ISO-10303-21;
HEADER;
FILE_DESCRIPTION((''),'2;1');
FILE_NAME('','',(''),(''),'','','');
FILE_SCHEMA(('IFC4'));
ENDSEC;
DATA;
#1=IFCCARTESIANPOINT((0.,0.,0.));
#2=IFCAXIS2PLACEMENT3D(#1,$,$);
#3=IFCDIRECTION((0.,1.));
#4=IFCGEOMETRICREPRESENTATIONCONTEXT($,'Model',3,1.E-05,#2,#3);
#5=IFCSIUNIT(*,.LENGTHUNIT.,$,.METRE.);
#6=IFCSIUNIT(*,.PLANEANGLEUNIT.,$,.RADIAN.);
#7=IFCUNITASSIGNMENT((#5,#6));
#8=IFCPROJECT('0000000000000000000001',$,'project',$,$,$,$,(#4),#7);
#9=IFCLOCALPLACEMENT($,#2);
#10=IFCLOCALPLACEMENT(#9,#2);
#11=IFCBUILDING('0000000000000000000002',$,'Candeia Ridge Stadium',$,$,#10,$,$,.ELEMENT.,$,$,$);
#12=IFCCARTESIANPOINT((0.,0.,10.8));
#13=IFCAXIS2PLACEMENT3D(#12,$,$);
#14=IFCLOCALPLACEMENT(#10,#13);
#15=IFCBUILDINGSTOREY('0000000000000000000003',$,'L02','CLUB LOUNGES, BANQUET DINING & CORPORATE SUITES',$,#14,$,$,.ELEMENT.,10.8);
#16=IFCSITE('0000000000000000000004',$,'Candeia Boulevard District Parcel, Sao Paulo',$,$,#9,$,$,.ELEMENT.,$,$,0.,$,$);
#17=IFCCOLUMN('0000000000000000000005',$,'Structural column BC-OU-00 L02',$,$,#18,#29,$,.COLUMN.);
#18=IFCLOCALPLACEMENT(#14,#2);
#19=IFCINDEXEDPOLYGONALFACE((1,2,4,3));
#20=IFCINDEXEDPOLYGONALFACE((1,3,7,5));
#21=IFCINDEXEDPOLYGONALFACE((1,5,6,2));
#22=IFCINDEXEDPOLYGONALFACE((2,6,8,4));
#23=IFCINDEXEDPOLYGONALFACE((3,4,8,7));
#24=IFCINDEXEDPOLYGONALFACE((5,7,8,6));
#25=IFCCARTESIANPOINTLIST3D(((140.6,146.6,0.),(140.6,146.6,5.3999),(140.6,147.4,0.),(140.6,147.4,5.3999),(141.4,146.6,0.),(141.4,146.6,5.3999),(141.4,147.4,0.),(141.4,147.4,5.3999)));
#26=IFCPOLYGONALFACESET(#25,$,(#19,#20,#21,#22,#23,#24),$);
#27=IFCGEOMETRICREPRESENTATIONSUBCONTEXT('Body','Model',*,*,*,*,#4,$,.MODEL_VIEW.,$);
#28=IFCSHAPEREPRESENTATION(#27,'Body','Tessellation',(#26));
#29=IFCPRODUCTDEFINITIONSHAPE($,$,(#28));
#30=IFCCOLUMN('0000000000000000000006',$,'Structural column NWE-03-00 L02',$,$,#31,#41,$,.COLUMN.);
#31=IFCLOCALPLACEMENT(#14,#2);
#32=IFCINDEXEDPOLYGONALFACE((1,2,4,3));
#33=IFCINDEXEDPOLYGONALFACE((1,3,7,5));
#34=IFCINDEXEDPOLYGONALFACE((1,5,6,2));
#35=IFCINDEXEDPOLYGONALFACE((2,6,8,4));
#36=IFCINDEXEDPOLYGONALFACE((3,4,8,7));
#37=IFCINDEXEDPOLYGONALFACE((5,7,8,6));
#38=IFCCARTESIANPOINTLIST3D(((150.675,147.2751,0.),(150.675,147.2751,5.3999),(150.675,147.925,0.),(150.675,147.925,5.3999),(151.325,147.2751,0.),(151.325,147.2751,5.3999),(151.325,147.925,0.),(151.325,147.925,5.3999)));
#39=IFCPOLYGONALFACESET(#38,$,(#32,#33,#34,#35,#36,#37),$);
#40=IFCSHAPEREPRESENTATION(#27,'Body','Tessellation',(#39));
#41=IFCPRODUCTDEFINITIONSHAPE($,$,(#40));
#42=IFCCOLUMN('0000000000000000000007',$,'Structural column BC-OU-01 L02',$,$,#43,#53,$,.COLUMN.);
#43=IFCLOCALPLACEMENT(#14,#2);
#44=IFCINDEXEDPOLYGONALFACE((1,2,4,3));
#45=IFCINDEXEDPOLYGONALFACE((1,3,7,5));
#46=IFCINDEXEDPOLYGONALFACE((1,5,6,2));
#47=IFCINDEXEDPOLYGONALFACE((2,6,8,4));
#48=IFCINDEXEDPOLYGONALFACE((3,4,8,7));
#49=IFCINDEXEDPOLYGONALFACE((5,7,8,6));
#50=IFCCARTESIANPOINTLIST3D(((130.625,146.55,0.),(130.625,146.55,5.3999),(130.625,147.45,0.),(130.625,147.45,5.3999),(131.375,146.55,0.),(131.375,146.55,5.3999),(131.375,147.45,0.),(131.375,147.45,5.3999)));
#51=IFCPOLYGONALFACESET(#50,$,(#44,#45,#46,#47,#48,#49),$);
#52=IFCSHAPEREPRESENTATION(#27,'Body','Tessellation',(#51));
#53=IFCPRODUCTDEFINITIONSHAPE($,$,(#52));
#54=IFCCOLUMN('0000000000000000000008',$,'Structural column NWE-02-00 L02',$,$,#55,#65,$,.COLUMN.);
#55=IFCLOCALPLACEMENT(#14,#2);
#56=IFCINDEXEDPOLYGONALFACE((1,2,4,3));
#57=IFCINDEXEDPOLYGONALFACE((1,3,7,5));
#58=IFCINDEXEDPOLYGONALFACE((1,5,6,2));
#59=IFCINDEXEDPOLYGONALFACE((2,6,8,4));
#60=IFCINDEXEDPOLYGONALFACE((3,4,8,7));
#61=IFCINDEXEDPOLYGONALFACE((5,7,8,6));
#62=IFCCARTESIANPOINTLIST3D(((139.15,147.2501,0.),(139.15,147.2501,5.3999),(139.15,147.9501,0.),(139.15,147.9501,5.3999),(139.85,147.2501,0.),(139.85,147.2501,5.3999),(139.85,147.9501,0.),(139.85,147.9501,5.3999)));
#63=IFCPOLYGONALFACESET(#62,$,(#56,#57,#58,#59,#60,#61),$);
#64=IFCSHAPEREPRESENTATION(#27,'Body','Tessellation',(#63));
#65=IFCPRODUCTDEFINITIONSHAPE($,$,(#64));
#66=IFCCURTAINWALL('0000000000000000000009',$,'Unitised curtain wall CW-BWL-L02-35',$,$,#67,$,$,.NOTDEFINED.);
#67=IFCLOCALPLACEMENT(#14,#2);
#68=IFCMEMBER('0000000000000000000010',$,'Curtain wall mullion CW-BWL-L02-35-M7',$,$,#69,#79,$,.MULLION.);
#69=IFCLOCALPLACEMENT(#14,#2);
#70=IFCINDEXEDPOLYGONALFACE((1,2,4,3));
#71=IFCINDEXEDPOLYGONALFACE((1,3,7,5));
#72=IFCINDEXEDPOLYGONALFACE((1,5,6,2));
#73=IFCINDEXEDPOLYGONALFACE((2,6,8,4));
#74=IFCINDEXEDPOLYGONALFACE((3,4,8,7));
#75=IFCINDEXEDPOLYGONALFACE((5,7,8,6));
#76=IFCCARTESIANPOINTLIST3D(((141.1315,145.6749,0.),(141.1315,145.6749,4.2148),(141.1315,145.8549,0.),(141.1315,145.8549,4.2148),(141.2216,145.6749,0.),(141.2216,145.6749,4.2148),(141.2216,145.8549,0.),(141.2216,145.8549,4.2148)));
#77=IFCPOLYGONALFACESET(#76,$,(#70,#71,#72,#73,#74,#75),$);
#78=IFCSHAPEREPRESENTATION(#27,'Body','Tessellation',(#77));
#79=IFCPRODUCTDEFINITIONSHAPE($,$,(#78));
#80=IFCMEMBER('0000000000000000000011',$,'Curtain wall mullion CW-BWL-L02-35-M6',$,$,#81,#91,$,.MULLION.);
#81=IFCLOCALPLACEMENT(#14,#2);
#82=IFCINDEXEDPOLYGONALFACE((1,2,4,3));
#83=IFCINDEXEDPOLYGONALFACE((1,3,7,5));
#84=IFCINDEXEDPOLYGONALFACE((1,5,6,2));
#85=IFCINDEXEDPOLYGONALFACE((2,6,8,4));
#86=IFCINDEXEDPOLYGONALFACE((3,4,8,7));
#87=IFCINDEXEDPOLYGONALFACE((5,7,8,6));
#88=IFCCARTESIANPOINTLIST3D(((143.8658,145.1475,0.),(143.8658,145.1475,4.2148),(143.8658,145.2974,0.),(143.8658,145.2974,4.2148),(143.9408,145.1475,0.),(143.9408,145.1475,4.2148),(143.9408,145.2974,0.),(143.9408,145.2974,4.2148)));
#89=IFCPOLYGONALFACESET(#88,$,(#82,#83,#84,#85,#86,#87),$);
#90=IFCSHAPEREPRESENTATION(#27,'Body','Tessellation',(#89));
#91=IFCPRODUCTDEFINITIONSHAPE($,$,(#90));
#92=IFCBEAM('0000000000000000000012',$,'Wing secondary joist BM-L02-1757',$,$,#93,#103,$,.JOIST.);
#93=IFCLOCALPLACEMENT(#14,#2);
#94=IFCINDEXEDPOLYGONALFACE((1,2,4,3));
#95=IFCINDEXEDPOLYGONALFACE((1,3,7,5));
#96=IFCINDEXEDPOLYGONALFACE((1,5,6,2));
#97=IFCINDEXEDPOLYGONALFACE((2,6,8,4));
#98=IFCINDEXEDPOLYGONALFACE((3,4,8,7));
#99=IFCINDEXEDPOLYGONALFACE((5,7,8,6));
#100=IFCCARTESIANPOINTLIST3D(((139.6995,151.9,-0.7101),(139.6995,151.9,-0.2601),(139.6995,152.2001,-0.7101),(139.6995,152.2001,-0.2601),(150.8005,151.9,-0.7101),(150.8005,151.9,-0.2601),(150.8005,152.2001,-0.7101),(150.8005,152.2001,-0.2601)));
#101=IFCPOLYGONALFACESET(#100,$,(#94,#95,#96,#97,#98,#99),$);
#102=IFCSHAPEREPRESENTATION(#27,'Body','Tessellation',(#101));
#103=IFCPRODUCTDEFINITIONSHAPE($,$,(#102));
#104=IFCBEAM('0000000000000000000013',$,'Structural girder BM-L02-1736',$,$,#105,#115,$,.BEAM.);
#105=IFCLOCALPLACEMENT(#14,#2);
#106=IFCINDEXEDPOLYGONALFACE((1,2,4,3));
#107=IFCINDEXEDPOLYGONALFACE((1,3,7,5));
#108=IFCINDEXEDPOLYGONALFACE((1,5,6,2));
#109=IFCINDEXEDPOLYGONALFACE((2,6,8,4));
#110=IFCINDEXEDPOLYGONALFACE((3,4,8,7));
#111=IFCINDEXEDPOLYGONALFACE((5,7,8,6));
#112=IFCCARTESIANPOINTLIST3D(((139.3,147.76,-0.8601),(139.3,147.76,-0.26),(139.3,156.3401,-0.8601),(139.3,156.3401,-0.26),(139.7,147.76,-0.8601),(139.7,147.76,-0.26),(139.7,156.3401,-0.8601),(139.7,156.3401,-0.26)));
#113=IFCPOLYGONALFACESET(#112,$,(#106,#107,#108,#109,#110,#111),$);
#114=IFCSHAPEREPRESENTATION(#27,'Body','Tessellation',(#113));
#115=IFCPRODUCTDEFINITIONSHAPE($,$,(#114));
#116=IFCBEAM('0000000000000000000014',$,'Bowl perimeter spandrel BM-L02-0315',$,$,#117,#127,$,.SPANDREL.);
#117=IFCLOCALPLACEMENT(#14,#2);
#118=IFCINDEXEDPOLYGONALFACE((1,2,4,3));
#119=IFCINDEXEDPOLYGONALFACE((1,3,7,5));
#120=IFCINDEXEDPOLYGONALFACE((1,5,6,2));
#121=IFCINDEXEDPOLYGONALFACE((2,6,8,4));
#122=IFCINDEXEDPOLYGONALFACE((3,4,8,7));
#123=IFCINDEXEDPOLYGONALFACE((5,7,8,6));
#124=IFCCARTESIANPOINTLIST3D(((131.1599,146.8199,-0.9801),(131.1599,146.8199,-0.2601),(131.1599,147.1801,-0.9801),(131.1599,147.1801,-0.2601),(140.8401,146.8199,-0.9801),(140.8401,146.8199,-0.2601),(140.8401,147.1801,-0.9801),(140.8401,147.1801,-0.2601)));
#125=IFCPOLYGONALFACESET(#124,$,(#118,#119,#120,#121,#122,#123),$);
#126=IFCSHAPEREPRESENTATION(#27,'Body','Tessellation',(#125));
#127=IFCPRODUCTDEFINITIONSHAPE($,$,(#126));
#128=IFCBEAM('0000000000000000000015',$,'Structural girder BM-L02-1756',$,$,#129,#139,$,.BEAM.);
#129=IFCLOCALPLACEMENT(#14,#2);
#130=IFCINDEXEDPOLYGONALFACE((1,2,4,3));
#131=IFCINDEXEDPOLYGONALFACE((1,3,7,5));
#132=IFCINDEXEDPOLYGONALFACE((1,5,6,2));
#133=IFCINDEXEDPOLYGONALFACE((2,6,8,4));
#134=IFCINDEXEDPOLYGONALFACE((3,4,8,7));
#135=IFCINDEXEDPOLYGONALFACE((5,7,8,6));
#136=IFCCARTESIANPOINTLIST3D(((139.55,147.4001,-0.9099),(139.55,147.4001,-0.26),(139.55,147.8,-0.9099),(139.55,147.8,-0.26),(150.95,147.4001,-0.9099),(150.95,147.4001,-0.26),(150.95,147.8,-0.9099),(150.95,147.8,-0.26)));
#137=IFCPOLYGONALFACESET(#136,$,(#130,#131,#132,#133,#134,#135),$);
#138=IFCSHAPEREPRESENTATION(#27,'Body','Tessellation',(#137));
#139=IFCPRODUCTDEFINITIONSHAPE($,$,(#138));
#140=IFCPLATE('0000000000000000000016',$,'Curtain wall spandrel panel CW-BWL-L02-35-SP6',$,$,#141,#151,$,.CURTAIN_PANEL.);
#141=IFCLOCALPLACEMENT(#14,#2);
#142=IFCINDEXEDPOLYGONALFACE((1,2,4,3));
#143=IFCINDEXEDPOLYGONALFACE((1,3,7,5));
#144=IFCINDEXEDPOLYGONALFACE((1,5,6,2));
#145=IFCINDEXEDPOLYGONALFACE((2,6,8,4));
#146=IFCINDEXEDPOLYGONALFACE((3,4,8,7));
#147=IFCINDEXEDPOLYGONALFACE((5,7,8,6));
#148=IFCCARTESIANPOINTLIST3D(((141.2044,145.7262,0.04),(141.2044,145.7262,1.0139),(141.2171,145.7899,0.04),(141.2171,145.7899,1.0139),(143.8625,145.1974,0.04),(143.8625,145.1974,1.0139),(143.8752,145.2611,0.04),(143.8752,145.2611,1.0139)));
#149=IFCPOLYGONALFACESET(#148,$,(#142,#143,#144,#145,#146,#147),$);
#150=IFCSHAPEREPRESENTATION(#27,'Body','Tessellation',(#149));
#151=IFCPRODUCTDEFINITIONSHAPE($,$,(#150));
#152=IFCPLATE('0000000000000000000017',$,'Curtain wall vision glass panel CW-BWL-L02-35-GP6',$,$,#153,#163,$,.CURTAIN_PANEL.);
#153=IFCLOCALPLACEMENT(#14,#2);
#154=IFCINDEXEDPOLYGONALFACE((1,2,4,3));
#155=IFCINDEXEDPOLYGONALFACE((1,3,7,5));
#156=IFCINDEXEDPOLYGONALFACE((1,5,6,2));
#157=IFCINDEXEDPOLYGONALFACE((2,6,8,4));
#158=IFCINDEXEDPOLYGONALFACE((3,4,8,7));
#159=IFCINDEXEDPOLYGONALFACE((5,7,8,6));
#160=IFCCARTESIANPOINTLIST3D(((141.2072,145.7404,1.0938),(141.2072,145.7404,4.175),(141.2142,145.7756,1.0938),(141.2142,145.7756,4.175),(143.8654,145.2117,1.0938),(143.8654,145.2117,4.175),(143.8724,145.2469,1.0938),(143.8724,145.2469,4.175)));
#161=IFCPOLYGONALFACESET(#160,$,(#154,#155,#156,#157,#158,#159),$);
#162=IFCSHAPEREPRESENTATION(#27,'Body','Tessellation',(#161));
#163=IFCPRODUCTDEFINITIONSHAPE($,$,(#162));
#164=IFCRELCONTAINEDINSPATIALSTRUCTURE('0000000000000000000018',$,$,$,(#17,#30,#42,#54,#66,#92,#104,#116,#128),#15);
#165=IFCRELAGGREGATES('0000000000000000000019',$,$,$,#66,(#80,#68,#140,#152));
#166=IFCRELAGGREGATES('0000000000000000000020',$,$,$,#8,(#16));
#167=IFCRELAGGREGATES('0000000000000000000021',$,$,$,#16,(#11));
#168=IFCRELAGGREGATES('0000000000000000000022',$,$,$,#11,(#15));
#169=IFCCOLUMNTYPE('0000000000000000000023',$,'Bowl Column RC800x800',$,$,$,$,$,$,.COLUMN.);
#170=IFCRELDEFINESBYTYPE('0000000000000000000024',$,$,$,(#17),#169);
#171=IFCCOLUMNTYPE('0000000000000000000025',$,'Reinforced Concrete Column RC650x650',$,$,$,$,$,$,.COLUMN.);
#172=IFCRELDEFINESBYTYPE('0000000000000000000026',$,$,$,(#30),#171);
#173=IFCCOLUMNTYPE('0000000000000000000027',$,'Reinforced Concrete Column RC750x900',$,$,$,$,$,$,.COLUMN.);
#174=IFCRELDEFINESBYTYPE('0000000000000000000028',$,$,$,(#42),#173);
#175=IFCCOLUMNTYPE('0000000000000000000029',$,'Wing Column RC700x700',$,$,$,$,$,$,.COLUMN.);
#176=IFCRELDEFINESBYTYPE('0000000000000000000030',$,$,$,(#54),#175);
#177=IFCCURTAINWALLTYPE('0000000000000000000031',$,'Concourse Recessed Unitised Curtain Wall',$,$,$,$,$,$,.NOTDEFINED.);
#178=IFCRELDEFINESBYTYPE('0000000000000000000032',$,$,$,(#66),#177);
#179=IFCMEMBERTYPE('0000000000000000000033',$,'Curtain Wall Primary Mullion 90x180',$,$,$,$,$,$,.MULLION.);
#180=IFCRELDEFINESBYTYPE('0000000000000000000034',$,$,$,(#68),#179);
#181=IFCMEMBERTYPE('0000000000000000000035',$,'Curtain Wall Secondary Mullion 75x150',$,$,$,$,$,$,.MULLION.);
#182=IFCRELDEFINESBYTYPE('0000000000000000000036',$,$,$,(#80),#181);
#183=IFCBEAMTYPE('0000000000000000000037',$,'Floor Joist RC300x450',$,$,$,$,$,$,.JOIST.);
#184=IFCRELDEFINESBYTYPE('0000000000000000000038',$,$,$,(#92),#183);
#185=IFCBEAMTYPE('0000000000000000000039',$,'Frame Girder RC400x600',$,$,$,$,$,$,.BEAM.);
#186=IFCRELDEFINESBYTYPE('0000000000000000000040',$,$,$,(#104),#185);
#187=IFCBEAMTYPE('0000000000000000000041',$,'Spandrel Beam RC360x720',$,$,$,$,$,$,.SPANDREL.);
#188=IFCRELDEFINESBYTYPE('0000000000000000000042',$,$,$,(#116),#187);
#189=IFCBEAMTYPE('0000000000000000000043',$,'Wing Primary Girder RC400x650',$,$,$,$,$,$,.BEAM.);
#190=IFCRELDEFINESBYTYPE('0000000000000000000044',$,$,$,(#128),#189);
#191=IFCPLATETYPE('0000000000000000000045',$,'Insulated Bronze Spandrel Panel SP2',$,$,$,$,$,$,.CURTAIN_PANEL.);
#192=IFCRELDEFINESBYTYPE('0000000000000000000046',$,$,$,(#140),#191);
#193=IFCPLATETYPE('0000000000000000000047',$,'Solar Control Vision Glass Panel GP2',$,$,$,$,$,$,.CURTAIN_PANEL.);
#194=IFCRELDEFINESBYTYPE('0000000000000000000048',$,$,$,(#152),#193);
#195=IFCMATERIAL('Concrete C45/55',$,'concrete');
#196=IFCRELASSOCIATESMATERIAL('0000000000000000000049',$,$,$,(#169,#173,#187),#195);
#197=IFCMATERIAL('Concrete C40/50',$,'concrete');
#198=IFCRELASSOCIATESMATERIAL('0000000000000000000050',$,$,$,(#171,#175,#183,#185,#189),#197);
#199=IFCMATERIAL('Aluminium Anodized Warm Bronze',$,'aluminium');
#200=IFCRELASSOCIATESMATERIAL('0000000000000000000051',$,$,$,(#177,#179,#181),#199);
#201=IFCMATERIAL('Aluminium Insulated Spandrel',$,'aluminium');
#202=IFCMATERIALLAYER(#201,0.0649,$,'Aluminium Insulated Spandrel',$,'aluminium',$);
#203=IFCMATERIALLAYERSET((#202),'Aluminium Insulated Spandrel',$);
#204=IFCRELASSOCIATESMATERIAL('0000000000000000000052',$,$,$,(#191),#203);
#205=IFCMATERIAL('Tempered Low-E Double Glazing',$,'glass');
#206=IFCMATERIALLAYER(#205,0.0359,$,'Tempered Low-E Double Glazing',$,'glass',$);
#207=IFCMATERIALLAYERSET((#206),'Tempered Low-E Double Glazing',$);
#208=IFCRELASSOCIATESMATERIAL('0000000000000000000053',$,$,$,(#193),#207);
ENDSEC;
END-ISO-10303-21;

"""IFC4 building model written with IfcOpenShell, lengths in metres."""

from ifc_helpers import new_model, si_unit, direction, frame, origin, origin_2d, place, context, subcontext, project, spatial, rectangle, extrude, material, layer, layer_set, material_profile, profile_set, type_object, element, aggregate, save


model = new_model("IFC4")

# Units and contexts
model_context = context("Model", 3, precision=1e-05, world=origin(), true_north=direction((0.0, 1.0)))
body_context = subcontext(model_context, "Body", "Model", "MODEL_VIEW")
ifc_project = project(units=[si_unit("LENGTHUNIT", "METRE"), si_unit("PLANEANGLEUNIT", "RADIAN")], contexts=[model_context])

# Site, building, storey
site_placement = place(None, origin())
site = spatial("IfcSite", under=ifc_project, at=site_placement, Name="Candeia Boulevard District Parcel, Sao Paulo", CompositionType="ELEMENT", RefElevation=0.0)
building_placement = place(site_placement, origin())
building = spatial("IfcBuilding", under=site, at=building_placement, Name="Candeia Ridge Stadium", CompositionType="ELEMENT")
storey_placement = place(building_placement, frame((0.0, 0.0, 10.8)))
storey = spatial("IfcBuildingStorey", under=building, at=storey_placement, Name="L02", Description="CLUB LOUNGES, BANQUET DINING & CORPORATE SUITES", CompositionType="ELEMENT", Elevation=10.8)

# Columns
ifc_material_1 = material(Name="Concrete C45/55", Category="concrete")
ifc_material_profile_1 = material_profile(ifc_material_1, rectangle(XDim=0.8, YDim=0.8, at=origin_2d()), Name="RC800x800", Category="concrete")
ifc_profile_set_1 = profile_set([ifc_material_profile_1], Name="Concrete C45/55")
column_type_1 = type_object("IfcColumnType", Name="Bowl Column RC800x800", PredefinedType="COLUMN", material=ifc_profile_set_1)
column_1_placement = place(storey_placement, frame((141.0, 147.0, 0.0), z_axis=(0.0, 0.0, 1.0), x_axis=(1.0, 0.0, 0.0)))
element("IfcColumn", 1, at=column_1_placement, inside=storey, type_object=column_type_1, Name="Structural column BC-OU-00 L02", PredefinedType="COLUMN", context=body_context, shape_type="SweptSolid", body=[
    extrude(rectangle(XDim=0.8, YDim=0.8, at=origin_2d()), origin(), (0.0, 0.0, 1.0), 5.3999),
])
ifc_material_2 = material(Name="Concrete C40/50", Category="concrete")
ifc_material_profile_2 = material_profile(ifc_material_2, rectangle(XDim=0.6499, YDim=0.6499, at=origin_2d()), Name="RC650x650", Category="concrete")
ifc_profile_set_2 = profile_set([ifc_material_profile_2], Name="Concrete C40/50")
column_type_2 = type_object("IfcColumnType", Name="Reinforced Concrete Column RC650x650", PredefinedType="COLUMN", material=ifc_profile_set_2)
column_2_placement = place(storey_placement, frame((151.0, 147.6001, 0.0), z_axis=(0.0, 0.0, 1.0), x_axis=(1.0, 0.0, 0.0)))
element("IfcColumn", 2, at=column_2_placement, inside=storey, type_object=column_type_2, Name="Structural column NWE-03-00 L02", PredefinedType="COLUMN", context=body_context, shape_type="SweptSolid", body=[
    extrude(rectangle(XDim=0.6499, YDim=0.6499, at=origin_2d()), origin(), (0.0, 0.0, 1.0), 5.3999),
])
ifc_material_profile_3 = material_profile(ifc_material_1, rectangle(XDim=0.75, YDim=0.8999, at=origin_2d()), Name="RC750x900", Category="concrete")
ifc_profile_set_3 = profile_set([ifc_material_profile_3], Name="Concrete C45/55")
column_type_3 = type_object("IfcColumnType", Name="Reinforced Concrete Column RC750x900", PredefinedType="COLUMN", material=ifc_profile_set_3)
column_3_placement = place(storey_placement, frame((131.0, 147.0, 0.0), z_axis=(0.0, 0.0, 1.0), x_axis=(1.0, 0.0, 0.0)))
element("IfcColumn", 3, at=column_3_placement, inside=storey, type_object=column_type_3, Name="Structural column BC-OU-01 L02", PredefinedType="COLUMN", context=body_context, shape_type="SweptSolid", body=[
    extrude(rectangle(XDim=0.75, YDim=0.8999, at=origin_2d()), origin(), (0.0, 0.0, 1.0), 5.3999),
])
ifc_material_profile_4 = material_profile(ifc_material_2, rectangle(XDim=0.7, YDim=0.7, at=origin_2d()), Name="RC700x700", Category="concrete")
ifc_profile_set_4 = profile_set([ifc_material_profile_4], Name="Concrete C40/50")
column_type_4 = type_object("IfcColumnType", Name="Wing Column RC700x700", PredefinedType="COLUMN", material=ifc_profile_set_4)
column_4_placement = place(storey_placement, frame((139.5, 147.6001, 0.0), z_axis=(0.0, 0.0, 1.0), x_axis=(1.0, 0.0, 0.0)))
element("IfcColumn", 4, at=column_4_placement, inside=storey, type_object=column_type_4, Name="Structural column NWE-02-00 L02", PredefinedType="COLUMN", context=body_context, shape_type="SweptSolid", body=[
    extrude(rectangle(XDim=0.7, YDim=0.7, at=origin_2d()), origin(), (0.0, 0.0, 1.0), 5.3999),
])

# Curtain wall, members
ifc_material_3 = material(Name="Aluminium Anodized Warm Bronze", Category="aluminium")
curtain_wall_type = type_object("IfcCurtainWallType", Name="Concourse Recessed Unitised Curtain Wall", PredefinedType="NOTDEFINED", material=ifc_material_3)
curtain_wall_placement = place(storey_placement, origin())
curtain_wall = element("IfcCurtainWall", 5, at=curtain_wall_placement, inside=storey, type_object=curtain_wall_type, Name="Unitised curtain wall CW-BWL-L02-35", PredefinedType="NOTDEFINED")
ifc_material_profile_5 = material_profile(ifc_material_3, rectangle(XDim=0.0901, YDim=0.1799, at=origin_2d()), Name="CWM-90x180", Category="aluminium")
ifc_profile_set_5 = profile_set([ifc_material_profile_5], Name="Aluminium Anodized Warm Bronze")
member_type_1 = type_object("IfcMemberType", Name="Curtain Wall Primary Mullion 90x180", PredefinedType="MULLION", material=ifc_profile_set_5)
member_1_placement = place(storey_placement, frame((141.1765, 145.7649, 0.0), z_axis=(0.0, 0.0, 1.0), x_axis=(1.0, 0.0, 0.0)))
member_1 = element("IfcMember", 6, at=member_1_placement, type_object=member_type_1, Name="Curtain wall mullion CW-BWL-L02-35-M7", PredefinedType="MULLION", context=body_context, shape_type="SweptSolid", body=[
    extrude(rectangle(XDim=0.0901, YDim=0.1799, at=origin_2d()), origin(), (0.0, 0.0, 1.0), 4.2148),
])
ifc_material_profile_6 = material_profile(ifc_material_3, rectangle(XDim=0.075, YDim=0.1499, at=origin_2d()), Name="CWM-75x150", Category="aluminium")
ifc_profile_set_6 = profile_set([ifc_material_profile_6], Name="Aluminium Anodized Warm Bronze")
member_type_2 = type_object("IfcMemberType", Name="Curtain Wall Secondary Mullion 75x150", PredefinedType="MULLION", material=ifc_profile_set_6)
member_2_placement = place(storey_placement, frame((143.9033, 145.2224, 0.0), z_axis=(0.0, 0.0, 1.0), x_axis=(1.0, 0.0, 0.0)))
member_2 = element("IfcMember", 7, at=member_2_placement, type_object=member_type_2, Name="Curtain wall mullion CW-BWL-L02-35-M6", PredefinedType="MULLION", context=body_context, shape_type="SweptSolid", body=[
    extrude(rectangle(XDim=0.075, YDim=0.1499, at=origin_2d()), origin(), (0.0, 0.0, 1.0), 4.2148),
])

# Beams
ifc_material_profile_7 = material_profile(ifc_material_2, rectangle(XDim=0.3, YDim=0.45, at=origin_2d()), Name="RC300x450", Category="concrete")
ifc_profile_set_7 = profile_set([ifc_material_profile_7], Name="Concrete C40/50")
beam_type_1 = type_object("IfcBeamType", Name="Floor Joist RC300x450", PredefinedType="JOIST", material=ifc_profile_set_7)
beam_1_placement = place(storey_placement, frame((139.6995, 152.05, -0.4851), z_axis=(1.0, 0.0, 0.0), x_axis=(0.0, 1.0, 0.0)))
element("IfcBeam", 8, at=beam_1_placement, inside=storey, type_object=beam_type_1, Name="Wing secondary joist BM-L02-1757", PredefinedType="JOIST", context=body_context, shape_type="SweptSolid", body=[
    extrude(rectangle(XDim=0.3, YDim=0.45, at=origin_2d()), origin(), (0.0, 0.0, 1.0), 11.1011),
])
ifc_material_profile_8 = material_profile(ifc_material_2, rectangle(XDim=0.3999, YDim=0.6001, at=origin_2d()), Name="RC400x600", Category="concrete")
ifc_profile_set_8 = profile_set([ifc_material_profile_8], Name="Concrete C40/50")
beam_type_2 = type_object("IfcBeamType", Name="Frame Girder RC400x600", PredefinedType="BEAM", material=ifc_profile_set_8)
beam_2_placement = place(storey_placement, frame((139.5, 147.76, -0.5601), z_axis=(0.0, 1.0, 0.0), x_axis=(-1.0, 0.0, 0.0)))
element("IfcBeam", 9, at=beam_2_placement, inside=storey, type_object=beam_type_2, Name="Structural girder BM-L02-1736", PredefinedType="BEAM", context=body_context, shape_type="SweptSolid", body=[
    extrude(rectangle(XDim=0.3999, YDim=0.6001, at=origin_2d()), origin(), (0.0, 0.0, 1.0), 8.5801),
])
ifc_material_profile_9 = material_profile(ifc_material_1, rectangle(XDim=0.3601, YDim=0.72, at=origin_2d()), Name="RC360x720", Category="concrete")
ifc_profile_set_9 = profile_set([ifc_material_profile_9], Name="Concrete C45/55")
beam_type_3 = type_object("IfcBeamType", Name="Spandrel Beam RC360x720", PredefinedType="SPANDREL", material=ifc_profile_set_9)
beam_3_placement = place(storey_placement, frame((140.8401, 147.0, -0.6201), z_axis=(-1.0, 0.0, 0.0), x_axis=(0.0, -1.0, 0.0)))
element("IfcBeam", 10, at=beam_3_placement, inside=storey, type_object=beam_type_3, Name="Bowl perimeter spandrel BM-L02-0315", PredefinedType="SPANDREL", context=body_context, shape_type="SweptSolid", body=[
    extrude(rectangle(XDim=0.3601, YDim=0.72, at=origin_2d()), origin(), (0.0, 0.0, 1.0), 9.6802),
])
ifc_material_profile_10 = material_profile(ifc_material_2, rectangle(XDim=0.3999, YDim=0.6499, at=origin_2d()), Name="RC400x650", Category="concrete")
ifc_profile_set_10 = profile_set([ifc_material_profile_10], Name="Concrete C40/50")
beam_type_4 = type_object("IfcBeamType", Name="Wing Primary Girder RC400x650", PredefinedType="BEAM", material=ifc_profile_set_10)
beam_4_placement = place(storey_placement, frame((139.55, 147.6001, -0.585), z_axis=(1.0, 0.0, 0.0), x_axis=(0.0, 1.0, 0.0)))
element("IfcBeam", 11, at=beam_4_placement, inside=storey, type_object=beam_type_4, Name="Structural girder BM-L02-1756", PredefinedType="BEAM", context=body_context, shape_type="SweptSolid", body=[
    extrude(rectangle(XDim=0.3999, YDim=0.6499, at=origin_2d()), origin(), (0.0, 0.0, 1.0), 11.3999),
])

# Plates
ifc_material_4 = material(Name="Aluminium Insulated Spandrel", Category="aluminium")
ifc_layer_1 = layer(ifc_material_4, 0.0649, Name="Aluminium Insulated Spandrel", Category="aluminium")
ifc_layer_set_1 = layer_set([ifc_layer_1], Name="Aluminium Insulated Spandrel")
plate_type_1 = type_object("IfcPlateType", Name="Insulated Bronze Spandrel Panel SP2", PredefinedType="CURTAIN_PANEL", material=ifc_layer_set_1)
plate_1_placement = place(storey_placement, frame((142.5398, 145.4937, 0.04), z_axis=(0.0, 0.0, 1.0), x_axis=(-0.980785, 0.19509, 0.0)))
plate_1 = element("IfcPlate", 12, at=plate_1_placement, type_object=plate_type_1, Name="Curtain wall spandrel panel CW-BWL-L02-35-SP6", PredefinedType="CURTAIN_PANEL", context=body_context, shape_type="SweptSolid", body=[
    extrude(rectangle(XDim=2.7102, YDim=0.0649, at=origin_2d()), origin(), (0.0, 0.0, 1.0), 0.9739),
])
ifc_material_5 = material(Name="Tempered Low-E Double Glazing", Category="glass")
ifc_layer_2 = layer(ifc_material_5, 0.0359, Name="Tempered Low-E Double Glazing", Category="glass")
ifc_layer_set_2 = layer_set([ifc_layer_2], Name="Tempered Low-E Double Glazing")
plate_type_2 = type_object("IfcPlateType", Name="Solar Control Vision Glass Panel GP2", PredefinedType="CURTAIN_PANEL", material=ifc_layer_set_2)
plate_2_placement = place(storey_placement, frame((142.5398, 145.4937, 1.0938), z_axis=(0.0, 0.0, 1.0), x_axis=(-0.980785, 0.19509, 0.0)))
plate_2 = element("IfcPlate", 13, at=plate_2_placement, type_object=plate_type_2, Name="Curtain wall vision glass panel CW-BWL-L02-35-GP6", PredefinedType="CURTAIN_PANEL", context=body_context, shape_type="SweptSolid", body=[
    extrude(rectangle(XDim=2.7102, YDim=0.0359, at=origin_2d()), origin(), (0.0, 0.0, 1.0), 3.0813),
])
aggregate(curtain_wall, [member_2, member_1, plate_1, plate_2])

save(model, "model.ifc")
